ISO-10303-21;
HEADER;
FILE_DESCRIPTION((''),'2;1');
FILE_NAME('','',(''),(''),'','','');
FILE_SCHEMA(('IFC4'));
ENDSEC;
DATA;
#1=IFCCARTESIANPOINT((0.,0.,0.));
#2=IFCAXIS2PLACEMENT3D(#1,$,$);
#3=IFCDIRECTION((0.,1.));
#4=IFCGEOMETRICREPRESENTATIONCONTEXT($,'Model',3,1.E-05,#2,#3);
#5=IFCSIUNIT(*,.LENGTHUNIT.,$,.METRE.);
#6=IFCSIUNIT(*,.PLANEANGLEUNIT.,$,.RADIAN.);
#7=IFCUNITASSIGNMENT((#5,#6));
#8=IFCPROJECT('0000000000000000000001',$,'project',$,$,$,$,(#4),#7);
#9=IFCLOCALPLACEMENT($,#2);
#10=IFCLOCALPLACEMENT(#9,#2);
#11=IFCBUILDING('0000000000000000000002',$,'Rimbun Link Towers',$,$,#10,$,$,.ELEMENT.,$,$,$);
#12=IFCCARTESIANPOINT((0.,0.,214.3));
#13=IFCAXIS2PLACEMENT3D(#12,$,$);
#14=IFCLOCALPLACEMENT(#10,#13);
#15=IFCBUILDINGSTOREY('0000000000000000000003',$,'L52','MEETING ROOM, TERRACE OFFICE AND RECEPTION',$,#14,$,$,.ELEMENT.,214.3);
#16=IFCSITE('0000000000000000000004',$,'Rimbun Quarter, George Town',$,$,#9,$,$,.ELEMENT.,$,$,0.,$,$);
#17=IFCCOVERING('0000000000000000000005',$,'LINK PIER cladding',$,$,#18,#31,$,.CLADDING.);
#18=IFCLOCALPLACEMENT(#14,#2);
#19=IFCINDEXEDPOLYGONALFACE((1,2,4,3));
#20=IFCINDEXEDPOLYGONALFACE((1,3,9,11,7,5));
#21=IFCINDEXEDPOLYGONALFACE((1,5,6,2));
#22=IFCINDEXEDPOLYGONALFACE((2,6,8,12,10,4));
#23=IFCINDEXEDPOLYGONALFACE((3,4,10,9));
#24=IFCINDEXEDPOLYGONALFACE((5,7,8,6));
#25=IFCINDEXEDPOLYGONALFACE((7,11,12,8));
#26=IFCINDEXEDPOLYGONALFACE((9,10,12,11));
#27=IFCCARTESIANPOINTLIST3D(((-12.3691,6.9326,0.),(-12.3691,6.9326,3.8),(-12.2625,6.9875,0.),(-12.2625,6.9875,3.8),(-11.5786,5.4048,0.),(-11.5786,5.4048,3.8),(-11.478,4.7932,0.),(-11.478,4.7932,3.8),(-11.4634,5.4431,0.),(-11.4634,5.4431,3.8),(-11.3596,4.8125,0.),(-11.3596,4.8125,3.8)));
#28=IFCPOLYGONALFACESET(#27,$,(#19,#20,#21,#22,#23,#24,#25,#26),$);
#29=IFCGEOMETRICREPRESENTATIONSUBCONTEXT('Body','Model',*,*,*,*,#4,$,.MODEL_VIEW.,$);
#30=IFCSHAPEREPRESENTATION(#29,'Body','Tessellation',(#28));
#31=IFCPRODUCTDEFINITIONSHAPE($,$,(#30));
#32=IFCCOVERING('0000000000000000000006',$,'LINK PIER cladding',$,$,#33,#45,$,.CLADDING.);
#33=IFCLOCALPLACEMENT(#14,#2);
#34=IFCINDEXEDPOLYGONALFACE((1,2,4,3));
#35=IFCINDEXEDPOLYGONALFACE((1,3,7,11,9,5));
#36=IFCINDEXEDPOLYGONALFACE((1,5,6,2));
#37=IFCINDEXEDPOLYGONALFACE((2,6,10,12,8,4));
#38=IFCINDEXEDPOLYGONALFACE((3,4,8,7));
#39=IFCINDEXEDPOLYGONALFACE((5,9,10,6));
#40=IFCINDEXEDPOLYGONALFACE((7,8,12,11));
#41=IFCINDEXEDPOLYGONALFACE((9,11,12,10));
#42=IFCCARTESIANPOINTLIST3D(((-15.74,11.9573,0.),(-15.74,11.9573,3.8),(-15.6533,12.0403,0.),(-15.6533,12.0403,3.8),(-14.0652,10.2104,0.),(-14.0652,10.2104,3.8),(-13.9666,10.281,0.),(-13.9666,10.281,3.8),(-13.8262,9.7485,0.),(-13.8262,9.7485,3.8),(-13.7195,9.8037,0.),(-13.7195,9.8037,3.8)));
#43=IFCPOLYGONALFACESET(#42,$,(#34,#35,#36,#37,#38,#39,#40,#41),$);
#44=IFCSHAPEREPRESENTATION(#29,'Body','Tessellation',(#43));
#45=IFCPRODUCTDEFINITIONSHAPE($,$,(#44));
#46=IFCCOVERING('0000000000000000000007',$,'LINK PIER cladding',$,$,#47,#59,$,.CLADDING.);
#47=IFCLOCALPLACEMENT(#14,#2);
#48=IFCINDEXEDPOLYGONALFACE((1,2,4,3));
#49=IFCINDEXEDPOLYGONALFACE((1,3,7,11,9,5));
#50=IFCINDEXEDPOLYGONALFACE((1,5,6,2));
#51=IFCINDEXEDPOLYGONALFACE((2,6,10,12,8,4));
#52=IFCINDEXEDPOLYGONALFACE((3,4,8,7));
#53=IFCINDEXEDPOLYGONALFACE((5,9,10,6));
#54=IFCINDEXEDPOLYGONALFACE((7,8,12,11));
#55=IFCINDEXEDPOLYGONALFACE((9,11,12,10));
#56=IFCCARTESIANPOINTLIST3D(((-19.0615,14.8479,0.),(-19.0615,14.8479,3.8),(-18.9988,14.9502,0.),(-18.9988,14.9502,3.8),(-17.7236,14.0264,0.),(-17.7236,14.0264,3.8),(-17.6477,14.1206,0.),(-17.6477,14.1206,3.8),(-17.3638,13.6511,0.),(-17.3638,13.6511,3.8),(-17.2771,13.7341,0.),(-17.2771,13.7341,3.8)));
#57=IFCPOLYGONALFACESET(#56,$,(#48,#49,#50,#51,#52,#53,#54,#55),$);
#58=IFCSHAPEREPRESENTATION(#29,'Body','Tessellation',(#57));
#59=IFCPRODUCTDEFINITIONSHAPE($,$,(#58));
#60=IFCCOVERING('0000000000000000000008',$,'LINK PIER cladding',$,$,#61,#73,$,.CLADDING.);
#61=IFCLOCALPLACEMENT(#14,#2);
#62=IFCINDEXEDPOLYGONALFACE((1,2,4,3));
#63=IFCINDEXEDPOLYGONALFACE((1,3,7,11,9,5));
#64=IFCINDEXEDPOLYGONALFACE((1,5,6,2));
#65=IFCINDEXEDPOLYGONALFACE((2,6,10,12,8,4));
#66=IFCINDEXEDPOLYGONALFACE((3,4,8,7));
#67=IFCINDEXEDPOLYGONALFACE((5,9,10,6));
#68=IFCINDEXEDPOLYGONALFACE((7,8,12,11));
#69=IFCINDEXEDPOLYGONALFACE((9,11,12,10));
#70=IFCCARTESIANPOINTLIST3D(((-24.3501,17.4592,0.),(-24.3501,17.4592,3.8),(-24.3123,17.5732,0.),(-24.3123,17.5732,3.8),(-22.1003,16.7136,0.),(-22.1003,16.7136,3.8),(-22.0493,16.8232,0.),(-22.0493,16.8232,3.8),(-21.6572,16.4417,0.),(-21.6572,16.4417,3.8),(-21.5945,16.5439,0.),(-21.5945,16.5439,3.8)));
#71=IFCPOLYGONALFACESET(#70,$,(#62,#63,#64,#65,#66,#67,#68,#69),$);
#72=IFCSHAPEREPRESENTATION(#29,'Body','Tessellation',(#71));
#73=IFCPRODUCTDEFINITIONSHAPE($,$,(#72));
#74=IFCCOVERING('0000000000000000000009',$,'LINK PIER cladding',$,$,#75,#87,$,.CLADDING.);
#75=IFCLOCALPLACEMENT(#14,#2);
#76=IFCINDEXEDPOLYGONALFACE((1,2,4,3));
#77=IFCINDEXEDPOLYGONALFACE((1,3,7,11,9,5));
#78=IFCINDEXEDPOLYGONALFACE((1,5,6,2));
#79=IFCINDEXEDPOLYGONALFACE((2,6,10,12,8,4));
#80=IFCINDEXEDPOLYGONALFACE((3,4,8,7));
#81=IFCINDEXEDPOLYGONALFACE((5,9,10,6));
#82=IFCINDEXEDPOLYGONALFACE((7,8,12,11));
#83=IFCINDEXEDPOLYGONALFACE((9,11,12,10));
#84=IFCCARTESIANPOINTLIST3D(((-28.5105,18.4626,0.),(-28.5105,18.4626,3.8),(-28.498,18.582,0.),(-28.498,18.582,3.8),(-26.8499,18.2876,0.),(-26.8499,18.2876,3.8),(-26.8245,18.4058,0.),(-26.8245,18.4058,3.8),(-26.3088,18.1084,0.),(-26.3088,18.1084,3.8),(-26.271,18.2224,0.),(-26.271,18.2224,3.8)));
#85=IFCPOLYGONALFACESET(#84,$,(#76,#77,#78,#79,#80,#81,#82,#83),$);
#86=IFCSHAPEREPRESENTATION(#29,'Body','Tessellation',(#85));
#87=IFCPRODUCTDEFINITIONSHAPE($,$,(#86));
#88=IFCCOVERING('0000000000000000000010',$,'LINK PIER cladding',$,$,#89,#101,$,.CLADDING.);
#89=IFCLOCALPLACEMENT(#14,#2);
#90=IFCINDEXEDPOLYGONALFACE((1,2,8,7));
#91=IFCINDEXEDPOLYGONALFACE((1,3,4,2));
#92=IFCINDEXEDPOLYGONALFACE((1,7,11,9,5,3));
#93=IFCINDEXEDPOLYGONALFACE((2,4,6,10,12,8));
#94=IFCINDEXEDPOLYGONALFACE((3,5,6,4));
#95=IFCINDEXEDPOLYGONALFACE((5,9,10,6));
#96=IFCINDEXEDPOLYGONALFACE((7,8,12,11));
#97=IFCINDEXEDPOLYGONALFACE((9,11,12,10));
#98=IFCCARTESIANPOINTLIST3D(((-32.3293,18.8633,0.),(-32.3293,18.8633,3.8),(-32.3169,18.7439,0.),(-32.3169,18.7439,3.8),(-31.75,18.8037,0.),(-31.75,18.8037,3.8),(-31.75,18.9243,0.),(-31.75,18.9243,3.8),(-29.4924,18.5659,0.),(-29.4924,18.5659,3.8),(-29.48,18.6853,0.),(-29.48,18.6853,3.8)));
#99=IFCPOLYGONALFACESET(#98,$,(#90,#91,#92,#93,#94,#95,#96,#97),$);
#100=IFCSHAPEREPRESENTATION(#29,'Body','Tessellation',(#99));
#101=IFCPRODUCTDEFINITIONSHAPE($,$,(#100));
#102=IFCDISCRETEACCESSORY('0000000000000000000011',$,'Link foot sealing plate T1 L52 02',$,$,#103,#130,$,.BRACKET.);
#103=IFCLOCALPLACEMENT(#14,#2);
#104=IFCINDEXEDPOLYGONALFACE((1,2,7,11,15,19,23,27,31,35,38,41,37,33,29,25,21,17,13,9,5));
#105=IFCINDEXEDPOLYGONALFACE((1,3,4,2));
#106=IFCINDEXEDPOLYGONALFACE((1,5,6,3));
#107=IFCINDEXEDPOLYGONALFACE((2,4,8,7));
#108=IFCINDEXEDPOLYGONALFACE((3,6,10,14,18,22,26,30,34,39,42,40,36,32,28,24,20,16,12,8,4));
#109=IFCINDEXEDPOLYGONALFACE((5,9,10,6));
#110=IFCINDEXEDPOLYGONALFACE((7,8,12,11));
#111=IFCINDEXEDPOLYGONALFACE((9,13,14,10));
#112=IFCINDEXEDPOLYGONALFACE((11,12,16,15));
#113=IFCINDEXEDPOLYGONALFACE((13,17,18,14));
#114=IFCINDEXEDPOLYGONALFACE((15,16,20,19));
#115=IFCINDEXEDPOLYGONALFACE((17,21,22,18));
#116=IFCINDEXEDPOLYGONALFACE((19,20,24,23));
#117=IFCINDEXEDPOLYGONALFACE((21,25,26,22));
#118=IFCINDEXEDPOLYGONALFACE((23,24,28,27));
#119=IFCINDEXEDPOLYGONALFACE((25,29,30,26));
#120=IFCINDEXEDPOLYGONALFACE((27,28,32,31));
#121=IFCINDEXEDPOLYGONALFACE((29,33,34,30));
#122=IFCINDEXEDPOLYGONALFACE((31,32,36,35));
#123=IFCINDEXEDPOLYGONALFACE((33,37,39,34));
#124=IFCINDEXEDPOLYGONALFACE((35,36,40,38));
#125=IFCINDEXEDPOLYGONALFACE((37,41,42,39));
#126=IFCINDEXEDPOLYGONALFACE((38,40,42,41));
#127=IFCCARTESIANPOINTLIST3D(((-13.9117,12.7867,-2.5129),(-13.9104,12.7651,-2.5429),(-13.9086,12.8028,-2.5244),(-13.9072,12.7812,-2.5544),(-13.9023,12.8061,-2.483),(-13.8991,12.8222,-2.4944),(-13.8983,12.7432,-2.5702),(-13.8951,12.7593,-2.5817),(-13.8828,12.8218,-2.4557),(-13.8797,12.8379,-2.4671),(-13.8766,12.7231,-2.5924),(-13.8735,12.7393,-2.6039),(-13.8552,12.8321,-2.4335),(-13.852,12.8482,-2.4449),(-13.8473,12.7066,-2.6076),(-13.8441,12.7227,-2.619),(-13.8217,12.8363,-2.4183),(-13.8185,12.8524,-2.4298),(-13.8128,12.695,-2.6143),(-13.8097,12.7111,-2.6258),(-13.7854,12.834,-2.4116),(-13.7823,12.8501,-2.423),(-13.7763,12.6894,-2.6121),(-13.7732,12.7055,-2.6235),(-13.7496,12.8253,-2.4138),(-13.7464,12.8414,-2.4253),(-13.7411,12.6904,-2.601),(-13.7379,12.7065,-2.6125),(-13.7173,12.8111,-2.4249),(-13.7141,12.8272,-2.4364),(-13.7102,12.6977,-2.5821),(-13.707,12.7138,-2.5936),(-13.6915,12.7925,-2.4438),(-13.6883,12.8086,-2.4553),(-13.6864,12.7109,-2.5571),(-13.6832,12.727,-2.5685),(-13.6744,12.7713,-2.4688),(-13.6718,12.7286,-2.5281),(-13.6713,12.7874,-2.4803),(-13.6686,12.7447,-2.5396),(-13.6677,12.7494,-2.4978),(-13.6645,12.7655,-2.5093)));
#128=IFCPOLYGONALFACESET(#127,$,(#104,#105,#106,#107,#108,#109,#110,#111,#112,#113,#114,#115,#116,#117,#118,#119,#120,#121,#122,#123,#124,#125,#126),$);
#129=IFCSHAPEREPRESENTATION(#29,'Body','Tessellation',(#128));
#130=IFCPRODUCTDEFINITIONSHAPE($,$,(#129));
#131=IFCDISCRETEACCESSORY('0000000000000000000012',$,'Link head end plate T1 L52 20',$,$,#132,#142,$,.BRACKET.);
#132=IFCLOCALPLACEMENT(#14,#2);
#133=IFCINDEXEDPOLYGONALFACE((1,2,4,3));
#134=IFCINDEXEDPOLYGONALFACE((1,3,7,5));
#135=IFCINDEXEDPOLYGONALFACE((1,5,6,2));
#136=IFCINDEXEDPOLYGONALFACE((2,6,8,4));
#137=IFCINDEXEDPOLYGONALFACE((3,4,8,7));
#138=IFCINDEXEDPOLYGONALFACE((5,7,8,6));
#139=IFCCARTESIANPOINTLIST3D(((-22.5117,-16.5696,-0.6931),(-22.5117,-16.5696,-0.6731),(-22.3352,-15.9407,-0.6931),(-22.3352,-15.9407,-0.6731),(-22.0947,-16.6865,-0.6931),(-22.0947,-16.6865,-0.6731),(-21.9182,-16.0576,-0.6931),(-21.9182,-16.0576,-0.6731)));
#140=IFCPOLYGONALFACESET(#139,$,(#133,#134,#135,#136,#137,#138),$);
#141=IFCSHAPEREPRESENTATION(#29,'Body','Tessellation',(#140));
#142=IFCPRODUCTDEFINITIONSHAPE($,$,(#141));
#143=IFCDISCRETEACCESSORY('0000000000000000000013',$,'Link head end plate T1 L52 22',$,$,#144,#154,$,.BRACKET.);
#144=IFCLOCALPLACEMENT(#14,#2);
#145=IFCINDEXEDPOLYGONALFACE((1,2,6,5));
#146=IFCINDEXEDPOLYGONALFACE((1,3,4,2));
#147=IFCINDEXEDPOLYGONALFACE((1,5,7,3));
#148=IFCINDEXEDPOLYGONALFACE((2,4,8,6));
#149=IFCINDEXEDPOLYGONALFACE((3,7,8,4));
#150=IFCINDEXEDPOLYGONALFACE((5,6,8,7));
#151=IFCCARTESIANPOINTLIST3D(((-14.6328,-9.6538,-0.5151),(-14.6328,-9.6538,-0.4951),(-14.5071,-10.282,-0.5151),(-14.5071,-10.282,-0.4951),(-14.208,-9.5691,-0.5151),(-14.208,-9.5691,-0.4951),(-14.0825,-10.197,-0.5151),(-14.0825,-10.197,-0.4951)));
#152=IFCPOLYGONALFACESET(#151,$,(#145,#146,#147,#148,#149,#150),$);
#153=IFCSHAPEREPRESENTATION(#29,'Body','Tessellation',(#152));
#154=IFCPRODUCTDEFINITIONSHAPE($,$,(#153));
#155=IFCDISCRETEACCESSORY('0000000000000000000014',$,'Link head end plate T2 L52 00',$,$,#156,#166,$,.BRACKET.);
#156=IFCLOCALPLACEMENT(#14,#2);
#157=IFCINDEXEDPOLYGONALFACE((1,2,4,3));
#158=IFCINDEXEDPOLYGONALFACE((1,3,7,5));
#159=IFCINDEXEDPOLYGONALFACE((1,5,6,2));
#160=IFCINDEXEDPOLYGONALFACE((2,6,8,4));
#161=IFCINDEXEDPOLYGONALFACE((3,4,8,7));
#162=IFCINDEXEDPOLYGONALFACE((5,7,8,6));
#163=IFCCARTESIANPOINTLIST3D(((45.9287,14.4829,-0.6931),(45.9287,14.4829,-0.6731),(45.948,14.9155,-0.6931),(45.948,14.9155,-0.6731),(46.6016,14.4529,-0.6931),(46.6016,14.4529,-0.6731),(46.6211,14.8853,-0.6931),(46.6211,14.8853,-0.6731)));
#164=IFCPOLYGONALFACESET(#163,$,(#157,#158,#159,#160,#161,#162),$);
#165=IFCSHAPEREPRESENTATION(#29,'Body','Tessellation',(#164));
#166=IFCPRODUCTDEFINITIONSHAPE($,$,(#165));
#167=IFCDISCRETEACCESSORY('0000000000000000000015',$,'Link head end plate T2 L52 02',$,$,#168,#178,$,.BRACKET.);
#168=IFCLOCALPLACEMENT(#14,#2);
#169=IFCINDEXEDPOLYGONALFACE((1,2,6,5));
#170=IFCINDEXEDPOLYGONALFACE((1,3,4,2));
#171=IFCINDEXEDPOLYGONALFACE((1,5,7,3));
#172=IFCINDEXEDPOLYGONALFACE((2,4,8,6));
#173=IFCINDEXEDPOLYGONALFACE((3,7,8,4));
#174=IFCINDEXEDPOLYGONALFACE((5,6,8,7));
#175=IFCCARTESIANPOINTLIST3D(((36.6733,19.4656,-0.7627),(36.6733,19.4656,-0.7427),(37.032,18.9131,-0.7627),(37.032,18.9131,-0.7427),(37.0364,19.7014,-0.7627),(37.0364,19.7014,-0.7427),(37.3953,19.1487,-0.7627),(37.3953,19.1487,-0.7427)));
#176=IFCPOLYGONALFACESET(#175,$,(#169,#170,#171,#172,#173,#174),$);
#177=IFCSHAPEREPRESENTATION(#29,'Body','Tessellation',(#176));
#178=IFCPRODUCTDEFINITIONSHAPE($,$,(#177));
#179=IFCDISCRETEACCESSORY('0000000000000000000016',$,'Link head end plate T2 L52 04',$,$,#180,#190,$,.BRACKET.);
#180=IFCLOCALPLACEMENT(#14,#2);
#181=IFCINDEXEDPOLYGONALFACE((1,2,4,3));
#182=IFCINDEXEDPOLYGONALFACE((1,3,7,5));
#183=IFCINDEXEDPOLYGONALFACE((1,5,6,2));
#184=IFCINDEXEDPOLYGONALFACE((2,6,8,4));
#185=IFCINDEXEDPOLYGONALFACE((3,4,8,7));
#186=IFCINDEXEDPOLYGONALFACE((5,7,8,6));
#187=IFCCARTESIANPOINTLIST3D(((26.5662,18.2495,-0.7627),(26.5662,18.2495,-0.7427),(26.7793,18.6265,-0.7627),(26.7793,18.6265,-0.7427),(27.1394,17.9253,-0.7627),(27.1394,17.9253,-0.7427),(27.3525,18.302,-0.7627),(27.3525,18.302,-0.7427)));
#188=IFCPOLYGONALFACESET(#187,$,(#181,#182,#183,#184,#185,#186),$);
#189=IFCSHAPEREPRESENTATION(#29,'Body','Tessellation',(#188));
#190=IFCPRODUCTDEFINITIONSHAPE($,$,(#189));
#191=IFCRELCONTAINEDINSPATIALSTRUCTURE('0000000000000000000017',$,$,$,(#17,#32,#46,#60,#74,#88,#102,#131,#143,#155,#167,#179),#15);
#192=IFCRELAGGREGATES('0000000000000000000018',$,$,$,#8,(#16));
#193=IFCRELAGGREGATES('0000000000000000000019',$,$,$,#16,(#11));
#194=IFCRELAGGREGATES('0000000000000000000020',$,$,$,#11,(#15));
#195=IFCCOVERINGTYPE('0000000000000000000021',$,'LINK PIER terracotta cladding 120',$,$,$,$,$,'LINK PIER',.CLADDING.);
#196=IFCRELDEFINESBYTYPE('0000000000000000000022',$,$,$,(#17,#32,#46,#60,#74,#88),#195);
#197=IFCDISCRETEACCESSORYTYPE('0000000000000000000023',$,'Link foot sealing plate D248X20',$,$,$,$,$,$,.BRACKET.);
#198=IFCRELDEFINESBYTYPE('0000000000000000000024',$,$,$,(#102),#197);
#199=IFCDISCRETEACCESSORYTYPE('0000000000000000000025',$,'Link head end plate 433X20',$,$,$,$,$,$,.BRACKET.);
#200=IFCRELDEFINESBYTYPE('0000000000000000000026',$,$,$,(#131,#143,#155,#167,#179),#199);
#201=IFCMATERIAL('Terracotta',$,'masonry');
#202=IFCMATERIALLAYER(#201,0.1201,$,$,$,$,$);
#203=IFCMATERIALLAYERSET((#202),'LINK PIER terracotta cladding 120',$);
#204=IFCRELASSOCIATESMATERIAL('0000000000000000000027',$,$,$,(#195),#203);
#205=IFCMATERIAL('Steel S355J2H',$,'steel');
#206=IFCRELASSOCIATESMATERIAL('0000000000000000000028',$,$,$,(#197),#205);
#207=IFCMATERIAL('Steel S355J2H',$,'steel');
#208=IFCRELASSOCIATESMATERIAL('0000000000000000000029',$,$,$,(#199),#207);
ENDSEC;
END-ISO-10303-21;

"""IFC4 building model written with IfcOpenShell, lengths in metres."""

from ifc_helpers import new_model, si_unit, direction, frame, origin, origin_2d, place, context, subcontext, project, spatial, polyline, rectangle, circle, outline, extrude, material, layer, layer_set, material_profile, profile_set, type_object, element, save


model = new_model("IFC4")

# Units and contexts
model_context = context("Model", 3, precision=1e-05, world=origin(), true_north=direction((0.0, 1.0)))
body_context = subcontext(model_context, "Body", "Model", "MODEL_VIEW")
ifc_project = project(units=[si_unit("LENGTHUNIT", "METRE"), si_unit("PLANEANGLEUNIT", "RADIAN")], contexts=[model_context])

# Site, building, storey
site_placement = place(None, origin())
site = spatial("IfcSite", under=ifc_project, at=site_placement, Name="Rimbun Quarter, George Town", CompositionType="ELEMENT", RefElevation=0.0)
building_placement = place(site_placement, origin())
building = spatial("IfcBuilding", under=site, at=building_placement, Name="Rimbun Link Towers", CompositionType="ELEMENT")
storey_placement = place(building_placement, frame((0.0, 0.0, 214.3)))
storey = spatial("IfcBuildingStorey", under=building, at=storey_placement, Name="L52", Description="MEETING ROOM, TERRACE OFFICE AND RECEPTION", CompositionType="ELEMENT", Elevation=214.3)

# Coverings
ifc_material_1 = material(Name="Terracotta", Category="masonry")
ifc_layer_1 = layer(ifc_material_1, 0.1201)
ifc_layer_set_1 = layer_set([ifc_layer_1], Name="LINK PIER terracotta cladding 120")
covering_type_1 = type_object("IfcCoveringType", Name="LINK PIER terracotta cladding 120", ElementType="LINK PIER", PredefinedType="CLADDING", material=ifc_layer_set_1)
covering_1_placement = place(storey_placement, origin())
element("IfcCovering", 1, at=covering_1_placement, inside=storey, type_object=covering_type_1, Name="LINK PIER cladding", PredefinedType="CLADDING", context=body_context, shape_type="SweptSolid", body=[
    extrude(outline(polyline([(-12.3691, 6.9326), (-11.5786, 5.4048), (-11.478, 4.7932), (-11.3596, 4.8125), (-11.4634, 5.4431), (-12.2625, 6.9875), (-12.3691, 6.9326)])), origin(), (0.0, 0.0, 1.0), 3.8),
])
covering_2_placement = place(storey_placement, origin())
element("IfcCovering", 2, at=covering_2_placement, inside=storey, type_object=covering_type_1, Name="LINK PIER cladding", PredefinedType="CLADDING", context=body_context, shape_type="SweptSolid", body=[
    extrude(outline(polyline([(-15.74, 11.9573), (-14.0652, 10.2104), (-13.8262, 9.7485), (-13.7195, 9.8037), (-13.9666, 10.281), (-15.6533, 12.0403), (-15.74, 11.9573)])), origin(), (0.0, 0.0, 1.0), 3.8),
])
covering_3_placement = place(storey_placement, origin())
element("IfcCovering", 3, at=covering_3_placement, inside=storey, type_object=covering_type_1, Name="LINK PIER cladding", PredefinedType="CLADDING", context=body_context, shape_type="SweptSolid", body=[
    extrude(outline(polyline([(-19.0615, 14.8479), (-17.7236, 14.0264), (-17.3638, 13.6511), (-17.2771, 13.7341), (-17.6477, 14.1206), (-18.9988, 14.9502), (-19.0615, 14.8479)])), origin(), (0.0, 0.0, 1.0), 3.8),
])
covering_4_placement = place(storey_placement, origin())
element("IfcCovering", 4, at=covering_4_placement, inside=storey, type_object=covering_type_1, Name="LINK PIER cladding", PredefinedType="CLADDING", context=body_context, shape_type="SweptSolid", body=[
    extrude(outline(polyline([(-24.3501, 17.4592), (-22.1003, 16.7136), (-21.6572, 16.4417), (-21.5945, 16.5439), (-22.0493, 16.8232), (-24.3123, 17.5732), (-24.3501, 17.4592)])), origin(), (0.0, 0.0, 1.0), 3.8),
])
covering_5_placement = place(storey_placement, origin())
element("IfcCovering", 5, at=covering_5_placement, inside=storey, type_object=covering_type_1, Name="LINK PIER cladding", PredefinedType="CLADDING", context=body_context, shape_type="SweptSolid", body=[
    extrude(outline(polyline([(-28.5105, 18.4626), (-26.8499, 18.2876), (-26.3088, 18.1084), (-26.271, 18.2224), (-26.8245, 18.4058), (-28.498, 18.582), (-28.5105, 18.4626)])), origin(), (0.0, 0.0, 1.0), 3.8),
])
covering_6_placement = place(storey_placement, origin())
element("IfcCovering", 6, at=covering_6_placement, inside=storey, type_object=covering_type_1, Name="LINK PIER cladding", PredefinedType="CLADDING", context=body_context, shape_type="SweptSolid", body=[
    extrude(outline(polyline([(-32.3169, 18.7439), (-31.75, 18.8037), (-29.4924, 18.5659), (-29.48, 18.6853), (-31.75, 18.9243), (-32.3293, 18.8633), (-32.3169, 18.7439)])), origin(), (0.0, 0.0, 1.0), 3.8),
])

# Discrete accessories
ifc_material_2 = material(Name="Steel S355J2H", Category="steel")
ifc_material_profile_1 = material_profile(ifc_material_2, circle(Radius=0.124, at=origin_2d()), Name="PL D248")
ifc_profile_set_1 = profile_set([ifc_material_profile_1], Name="Steel S355J2H")
discrete_accessory_type_1 = type_object("IfcDiscreteAccessoryType", Name="Link foot sealing plate D248X20", PredefinedType="BRACKET", material=ifc_profile_set_1)
discrete_accessory_1_placement = place(storey_placement, frame((-13.79, 12.7627, -2.5129), z_axis=(0.158419, 0.80428, -0.572745), x_axis=(-0.981148, 0.193256, 0.0)))
element("IfcDiscreteAccessory", 7, at=discrete_accessory_1_placement, inside=storey, type_object=discrete_accessory_type_1, Name="Link foot sealing plate T1 L52 02", PredefinedType="BRACKET", context=body_context, shape_type="SweptSolid", body=[
    extrude(circle(Radius=0.124, at=origin_2d()), origin(), (0.0, 0.0, 1.0), 0.02),
])
ifc_material_3 = material(Name="Steel S355J2H", Category="steel")
ifc_material_profile_2 = material_profile(ifc_material_3, rectangle(XDim=0.4331, YDim=0.4331, at=origin_2d()), Name="PL 433x433")
ifc_profile_set_2 = profile_set([ifc_material_profile_2], Name="Steel S355J2H")
discrete_accessory_type_2 = type_object("IfcDiscreteAccessoryType", Name="Link head end plate 433X20", PredefinedType="BRACKET", material=ifc_profile_set_2)
discrete_accessory_2_placement = place(storey_placement, frame((0.0, 0.0, -0.6931)))
element("IfcDiscreteAccessory", 8, at=discrete_accessory_2_placement, inside=storey, type_object=discrete_accessory_type_2, Name="Link head end plate T1 L52 20", PredefinedType="BRACKET", context=body_context, shape_type="SweptSolid", body=[
    extrude(outline(polyline([(-22.3352, -15.9407), (-22.5117, -16.5696), (-22.0947, -16.6865), (-21.9182, -16.0576), (-22.3352, -15.9407)])), origin(), (0.0, 0.0, 1.0), 0.02),
])
discrete_accessory_3_placement = place(storey_placement, frame((0.0, 0.0, -0.5151)))
element("IfcDiscreteAccessory", 9, at=discrete_accessory_3_placement, inside=storey, type_object=discrete_accessory_type_2, Name="Link head end plate T1 L52 22", PredefinedType="BRACKET", context=body_context, shape_type="SweptSolid", body=[
    extrude(outline(polyline([(-14.6328, -9.6538), (-14.5071, -10.282), (-14.0825, -10.197), (-14.208, -9.5691), (-14.6328, -9.6538)])), origin(), (0.0, 0.0, 1.0), 0.02),
])
discrete_accessory_4_placement = place(storey_placement, frame((0.0, 0.0, -0.6931)))
element("IfcDiscreteAccessory", 10, at=discrete_accessory_4_placement, inside=storey, type_object=discrete_accessory_type_2, Name="Link head end plate T2 L52 00", PredefinedType="BRACKET", context=body_context, shape_type="SweptSolid", body=[
    extrude(outline(polyline([(45.9287, 14.4829), (46.6016, 14.4529), (46.6211, 14.8853), (45.948, 14.9155), (45.9287, 14.4829)])), origin(), (0.0, 0.0, 1.0), 0.02),
])
discrete_accessory_5_placement = place(storey_placement, frame((0.0, 0.0, -0.7627)))
element("IfcDiscreteAccessory", 11, at=discrete_accessory_5_placement, inside=storey, type_object=discrete_accessory_type_2, Name="Link head end plate T2 L52 02", PredefinedType="BRACKET", context=body_context, shape_type="SweptSolid", body=[
    extrude(outline(polyline([(37.3953, 19.1487), (37.0364, 19.7014), (36.6733, 19.4656), (37.032, 18.9131), (37.3953, 19.1487)])), origin(), (0.0, 0.0, 1.0), 0.02),
])
discrete_accessory_6_placement = place(storey_placement, frame((0.0, 0.0, -0.7627)))
element("IfcDiscreteAccessory", 12, at=discrete_accessory_6_placement, inside=storey, type_object=discrete_accessory_type_2, Name="Link head end plate T2 L52 04", PredefinedType="BRACKET", context=body_context, shape_type="SweptSolid", body=[
    extrude(outline(polyline([(27.3525, 18.302), (26.7793, 18.6265), (26.5662, 18.2495), (27.1394, 17.9253), (27.3525, 18.302)])), origin(), (0.0, 0.0, 1.0), 0.02),
])

save(model, "model.ifc")
